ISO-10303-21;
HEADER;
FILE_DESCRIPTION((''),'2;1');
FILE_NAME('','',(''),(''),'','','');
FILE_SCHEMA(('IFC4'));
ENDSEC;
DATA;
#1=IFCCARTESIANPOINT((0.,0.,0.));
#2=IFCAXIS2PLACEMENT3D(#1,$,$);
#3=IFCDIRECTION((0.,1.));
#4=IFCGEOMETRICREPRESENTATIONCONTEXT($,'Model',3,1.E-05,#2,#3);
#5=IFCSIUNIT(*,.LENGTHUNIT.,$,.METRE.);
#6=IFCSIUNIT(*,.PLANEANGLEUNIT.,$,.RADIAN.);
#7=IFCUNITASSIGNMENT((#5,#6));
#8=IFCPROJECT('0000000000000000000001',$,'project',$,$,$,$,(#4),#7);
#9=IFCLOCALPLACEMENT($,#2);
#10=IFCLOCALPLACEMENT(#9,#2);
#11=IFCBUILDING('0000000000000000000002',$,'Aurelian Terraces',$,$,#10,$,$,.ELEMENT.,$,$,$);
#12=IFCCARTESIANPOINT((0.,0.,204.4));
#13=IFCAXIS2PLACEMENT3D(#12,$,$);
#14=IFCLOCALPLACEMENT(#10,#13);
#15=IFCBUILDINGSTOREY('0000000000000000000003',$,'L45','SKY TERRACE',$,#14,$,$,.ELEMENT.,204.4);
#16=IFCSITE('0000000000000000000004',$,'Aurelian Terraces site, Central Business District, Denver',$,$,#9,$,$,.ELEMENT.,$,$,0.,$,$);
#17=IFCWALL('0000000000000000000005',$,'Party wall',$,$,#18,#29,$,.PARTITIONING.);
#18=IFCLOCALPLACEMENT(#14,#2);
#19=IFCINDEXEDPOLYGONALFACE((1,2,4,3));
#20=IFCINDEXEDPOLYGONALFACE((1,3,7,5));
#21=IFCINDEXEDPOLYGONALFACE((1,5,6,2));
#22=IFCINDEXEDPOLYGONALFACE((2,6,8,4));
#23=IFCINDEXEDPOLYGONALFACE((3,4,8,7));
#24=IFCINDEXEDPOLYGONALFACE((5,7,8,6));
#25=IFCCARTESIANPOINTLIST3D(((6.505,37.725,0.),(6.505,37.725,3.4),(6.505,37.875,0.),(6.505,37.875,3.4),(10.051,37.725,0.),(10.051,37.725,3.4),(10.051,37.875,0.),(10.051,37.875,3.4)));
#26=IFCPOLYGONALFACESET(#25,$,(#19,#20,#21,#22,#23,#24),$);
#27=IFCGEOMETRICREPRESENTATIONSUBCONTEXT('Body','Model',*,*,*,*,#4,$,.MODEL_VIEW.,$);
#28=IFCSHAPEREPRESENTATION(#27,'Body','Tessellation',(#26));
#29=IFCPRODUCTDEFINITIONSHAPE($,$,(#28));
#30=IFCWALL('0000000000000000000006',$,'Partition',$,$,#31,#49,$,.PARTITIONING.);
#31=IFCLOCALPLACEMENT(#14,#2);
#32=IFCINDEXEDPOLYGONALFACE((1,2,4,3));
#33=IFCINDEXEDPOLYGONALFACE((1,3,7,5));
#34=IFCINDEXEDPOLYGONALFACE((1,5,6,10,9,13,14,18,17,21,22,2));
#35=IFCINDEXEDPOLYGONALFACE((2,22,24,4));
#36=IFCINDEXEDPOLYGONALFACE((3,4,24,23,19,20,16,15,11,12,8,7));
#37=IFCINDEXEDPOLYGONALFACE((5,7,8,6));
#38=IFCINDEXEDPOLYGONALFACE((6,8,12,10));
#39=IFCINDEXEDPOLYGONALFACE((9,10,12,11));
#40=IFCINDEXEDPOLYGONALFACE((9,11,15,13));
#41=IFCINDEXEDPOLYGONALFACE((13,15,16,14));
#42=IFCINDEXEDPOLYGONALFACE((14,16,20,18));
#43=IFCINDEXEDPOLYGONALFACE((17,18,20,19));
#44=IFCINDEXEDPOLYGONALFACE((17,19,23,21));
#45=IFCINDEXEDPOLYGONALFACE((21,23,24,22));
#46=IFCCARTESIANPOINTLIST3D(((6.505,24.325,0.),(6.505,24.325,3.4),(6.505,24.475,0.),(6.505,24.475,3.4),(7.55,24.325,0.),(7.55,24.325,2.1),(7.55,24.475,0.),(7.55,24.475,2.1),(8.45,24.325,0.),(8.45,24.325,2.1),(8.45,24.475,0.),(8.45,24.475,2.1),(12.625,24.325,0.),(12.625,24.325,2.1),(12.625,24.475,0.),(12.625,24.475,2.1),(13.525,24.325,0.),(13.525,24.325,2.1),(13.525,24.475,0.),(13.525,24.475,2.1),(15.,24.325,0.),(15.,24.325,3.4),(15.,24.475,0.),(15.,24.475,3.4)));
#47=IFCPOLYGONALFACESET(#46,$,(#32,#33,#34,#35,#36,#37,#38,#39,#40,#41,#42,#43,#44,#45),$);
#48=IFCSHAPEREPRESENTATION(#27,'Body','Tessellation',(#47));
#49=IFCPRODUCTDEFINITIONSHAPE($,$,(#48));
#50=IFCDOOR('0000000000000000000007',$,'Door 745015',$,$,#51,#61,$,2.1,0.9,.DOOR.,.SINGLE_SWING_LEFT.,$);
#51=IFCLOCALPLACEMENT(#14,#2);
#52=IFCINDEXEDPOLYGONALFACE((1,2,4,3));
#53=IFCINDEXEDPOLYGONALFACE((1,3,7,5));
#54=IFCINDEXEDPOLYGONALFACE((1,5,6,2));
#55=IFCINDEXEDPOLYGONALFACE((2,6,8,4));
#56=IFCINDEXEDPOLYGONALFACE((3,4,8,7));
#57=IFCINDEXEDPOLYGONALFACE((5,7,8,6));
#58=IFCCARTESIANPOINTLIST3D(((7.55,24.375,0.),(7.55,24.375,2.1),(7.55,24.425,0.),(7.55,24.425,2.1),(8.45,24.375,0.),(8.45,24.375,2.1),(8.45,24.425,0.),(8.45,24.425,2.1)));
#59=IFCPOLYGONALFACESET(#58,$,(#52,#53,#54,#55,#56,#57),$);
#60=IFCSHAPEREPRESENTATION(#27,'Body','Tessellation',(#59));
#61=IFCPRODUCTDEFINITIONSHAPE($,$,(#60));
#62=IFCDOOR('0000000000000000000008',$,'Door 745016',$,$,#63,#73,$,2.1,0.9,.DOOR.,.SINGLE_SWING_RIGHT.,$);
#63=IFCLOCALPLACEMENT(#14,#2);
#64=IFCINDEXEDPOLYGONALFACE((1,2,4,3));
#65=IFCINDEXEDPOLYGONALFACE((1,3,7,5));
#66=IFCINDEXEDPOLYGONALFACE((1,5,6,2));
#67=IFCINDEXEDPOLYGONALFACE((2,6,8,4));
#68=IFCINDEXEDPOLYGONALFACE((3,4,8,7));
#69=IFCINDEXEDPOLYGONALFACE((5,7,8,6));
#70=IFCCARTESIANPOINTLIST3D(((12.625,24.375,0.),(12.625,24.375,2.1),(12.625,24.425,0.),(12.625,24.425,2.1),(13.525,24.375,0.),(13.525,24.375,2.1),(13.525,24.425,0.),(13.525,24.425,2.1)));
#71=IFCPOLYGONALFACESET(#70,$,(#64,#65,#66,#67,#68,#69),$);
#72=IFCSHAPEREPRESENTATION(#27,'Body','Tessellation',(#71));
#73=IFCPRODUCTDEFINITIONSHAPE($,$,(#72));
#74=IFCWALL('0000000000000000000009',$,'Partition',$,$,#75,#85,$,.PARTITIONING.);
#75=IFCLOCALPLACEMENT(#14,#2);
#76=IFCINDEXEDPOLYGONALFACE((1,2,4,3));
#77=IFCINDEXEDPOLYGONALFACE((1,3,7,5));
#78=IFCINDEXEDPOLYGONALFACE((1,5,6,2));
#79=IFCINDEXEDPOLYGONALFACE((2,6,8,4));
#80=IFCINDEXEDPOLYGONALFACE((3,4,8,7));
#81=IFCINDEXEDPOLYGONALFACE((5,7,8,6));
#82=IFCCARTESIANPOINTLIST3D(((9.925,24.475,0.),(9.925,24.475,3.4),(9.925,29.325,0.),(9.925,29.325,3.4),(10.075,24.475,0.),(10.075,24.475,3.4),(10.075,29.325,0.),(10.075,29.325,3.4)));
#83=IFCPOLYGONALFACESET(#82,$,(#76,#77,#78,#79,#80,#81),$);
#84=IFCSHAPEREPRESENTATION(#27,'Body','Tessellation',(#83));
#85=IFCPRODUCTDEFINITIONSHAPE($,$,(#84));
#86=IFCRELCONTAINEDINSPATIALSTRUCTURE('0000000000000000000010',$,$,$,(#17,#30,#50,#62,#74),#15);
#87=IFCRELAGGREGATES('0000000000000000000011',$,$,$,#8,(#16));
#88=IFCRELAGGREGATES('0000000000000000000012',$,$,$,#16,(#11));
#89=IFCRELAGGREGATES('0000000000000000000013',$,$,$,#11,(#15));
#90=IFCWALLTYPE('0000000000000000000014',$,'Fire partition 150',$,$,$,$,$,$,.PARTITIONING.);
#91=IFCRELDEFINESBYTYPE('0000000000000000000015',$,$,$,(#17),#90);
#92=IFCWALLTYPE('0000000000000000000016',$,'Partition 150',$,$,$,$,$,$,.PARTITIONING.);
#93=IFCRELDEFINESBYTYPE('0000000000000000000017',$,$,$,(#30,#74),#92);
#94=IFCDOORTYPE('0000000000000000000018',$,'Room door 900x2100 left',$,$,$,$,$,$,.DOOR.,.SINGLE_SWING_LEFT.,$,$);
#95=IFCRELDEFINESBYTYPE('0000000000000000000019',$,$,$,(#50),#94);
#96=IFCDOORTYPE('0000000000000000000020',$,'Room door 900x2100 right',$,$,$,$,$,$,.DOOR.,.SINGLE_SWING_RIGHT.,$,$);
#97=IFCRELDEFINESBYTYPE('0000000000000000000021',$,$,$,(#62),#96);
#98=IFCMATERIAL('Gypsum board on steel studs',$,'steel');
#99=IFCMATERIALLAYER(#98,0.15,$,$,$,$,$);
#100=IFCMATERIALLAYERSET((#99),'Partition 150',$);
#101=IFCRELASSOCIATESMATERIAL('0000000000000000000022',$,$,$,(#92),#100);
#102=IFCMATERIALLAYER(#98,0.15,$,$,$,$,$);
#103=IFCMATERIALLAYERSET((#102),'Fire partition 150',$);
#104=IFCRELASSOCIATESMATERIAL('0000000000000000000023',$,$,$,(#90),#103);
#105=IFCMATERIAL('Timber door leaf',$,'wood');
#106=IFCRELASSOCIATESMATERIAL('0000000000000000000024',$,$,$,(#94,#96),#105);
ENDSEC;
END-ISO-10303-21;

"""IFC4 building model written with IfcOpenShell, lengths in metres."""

from ifc_helpers import new_model, si_unit, direction, frame, frame_2d, origin, place, context, subcontext, project, spatial, rectangle, extrude, source, transform, mapped, material, layer, layer_set, type_object, element, fill, save


model = new_model("IFC4")

# Units and contexts
model_context = context("Model", 3, precision=1e-05, world=origin(), true_north=direction((0.0, 1.0)))
body_context = subcontext(model_context, "Body", "Model", "MODEL_VIEW")
ifc_project = project(units=[si_unit("LENGTHUNIT", "METRE"), si_unit("PLANEANGLEUNIT", "RADIAN")], contexts=[model_context])

# Site, building, storey
site_placement = place(None, origin())
site = spatial("IfcSite", under=ifc_project, at=site_placement, Name="Aurelian Terraces site, Central Business District, Denver", CompositionType="ELEMENT", RefElevation=0.0)
building_placement = place(site_placement, origin())
building = spatial("IfcBuilding", under=site, at=building_placement, Name="Aurelian Terraces", CompositionType="ELEMENT")
storey_placement = place(building_placement, frame((0.0, 0.0, 204.4)))
storey = spatial("IfcBuildingStorey", under=building, at=storey_placement, Name="L45", Description="SKY TERRACE", CompositionType="ELEMENT", Elevation=204.4)

# Shared definitions
ifc_material_1 = material(Name="Gypsum board on steel studs", Category="steel")
shared_shape_1 = source(origin(), body_context, "Body", "SweptSolid", [
    extrude(rectangle(XDim=0.9, YDim=2.1, at=frame_2d((0.45, 1.05))), frame((0.0, 0.025, 0.0), z_axis=(0.0, -1.0, 0.0), x_axis=(1.0, 0.0, 0.0)), (0.0, 0.0, 1.0), 0.05),
])

# Wall
ifc_layer_1 = layer(ifc_material_1, 0.15)
ifc_layer_set_1 = layer_set([ifc_layer_1], Name="Partition 150")
wall_type_1 = type_object("IfcWallType", Name="Partition 150", PredefinedType="PARTITIONING", material=ifc_layer_set_1)
shared_shape_2 = source(origin(), body_context, "Body", "SweptSolid", [
    extrude(rectangle(XDim=3.546, YDim=0.15, at=frame_2d((1.773, 0.0))), origin(), (0.0, 0.0, 1.0), 3.4),
])
ifc_layer_2 = layer(ifc_material_1, 0.15)
ifc_layer_set_2 = layer_set([ifc_layer_2], Name="Fire partition 150")
wall_type_2 = type_object("IfcWallType", Name="Fire partition 150", PredefinedType="PARTITIONING", material=ifc_layer_set_2)
wall_1_placement = place(storey_placement, frame((10.051, 37.8, 0.0), z_axis=(0.0, 0.0, 1.0), x_axis=(-1.0, 0.0, 0.0)))
element("IfcWall", 1, at=wall_1_placement, inside=storey, type_object=wall_type_2, Name="Party wall", PredefinedType="PARTITIONING", context=body_context, shape_type="MappedRepresentation", body=[
    mapped(shared_shape_2, transform((0.0, 0.0, 0.0), scale=1.0)),
])

# Wall, openings, doors
shared_shape_3 = source(origin(), body_context, "Body", "SweptSolid", [
    extrude(rectangle(XDim=8.495, YDim=0.15, at=frame_2d((4.2475, 0.0))), origin(), (0.0, 0.0, 1.0), 3.4),
])
wall_2_placement = place(storey_placement, frame((6.505, 24.4, 0.0), z_axis=(0.0, 0.0, 1.0), x_axis=(1.0, 0.0, 0.0)))
wall_2 = element("IfcWall", 2, at=wall_2_placement, inside=storey, type_object=wall_type_1, Name="Partition", PredefinedType="PARTITIONING", context=body_context, shape_type="MappedRepresentation", body=[
    mapped(shared_shape_3, transform((0.0, 0.0, 0.0), scale=1.0)),
])
shared_shape_4 = source(origin(), body_context, "Body", "SweptSolid", [
    extrude(rectangle(XDim=0.9, YDim=2.1, at=frame_2d((0.45, 1.05))), frame((0.0, 0.085, 0.0), z_axis=(0.0, -1.0, 0.0), x_axis=(1.0, 0.0, 0.0)), (0.0, 0.0, 1.0), 0.17),
])
opening_1_placement = place(wall_2_placement, frame((1.045, 0.0, 0.0)))
opening_1 = element("IfcOpeningElement", 3, at=opening_1_placement, cuts=wall_2, PredefinedType="OPENING", context=body_context, shape_type="MappedRepresentation", body=[
    mapped(shared_shape_4, transform((0.0, 0.0, 0.0), scale=1.0)),
])
opening_2_placement = place(wall_2_placement, frame((6.12, 0.0, 0.0)))
opening_2 = element("IfcOpeningElement", 4, at=opening_2_placement, cuts=wall_2, PredefinedType="OPENING", context=body_context, shape_type="MappedRepresentation", body=[
    mapped(shared_shape_4, transform((0.0, 0.0, 0.0), scale=1.0)),
])
ifc_material_2 = material(Name="Timber door leaf", Category="wood")
door_type_1 = type_object("IfcDoorType", Name="Room door 900x2100 left", OperationType="SINGLE_SWING_LEFT", PredefinedType="DOOR", material=ifc_material_2)
door_1_placement = place(opening_1_placement, origin())
door_1 = element("IfcDoor", 5, at=door_1_placement, inside=storey, type_object=door_type_1, Name="Door 745015", OperationType="SINGLE_SWING_LEFT", OverallHeight=2.1, OverallWidth=0.9, PredefinedType="DOOR", context=body_context, shape_type="MappedRepresentation", body=[
    mapped(shared_shape_1, transform((0.0, 0.0, 0.0), scale=1.0)),
])
fill(opening_1, door_1)
door_type_2 = type_object("IfcDoorType", Name="Room door 900x2100 right", OperationType="SINGLE_SWING_RIGHT", PredefinedType="DOOR", material=ifc_material_2)
door_2_placement = place(opening_2_placement, origin())
door_2 = element("IfcDoor", 6, at=door_2_placement, inside=storey, type_object=door_type_2, Name="Door 745016", OperationType="SINGLE_SWING_RIGHT", OverallHeight=2.1, OverallWidth=0.9, PredefinedType="DOOR", context=body_context, shape_type="MappedRepresentation", body=[
    mapped(shared_shape_1, transform((0.0, 0.0, 0.0), scale=1.0)),
])
fill(opening_2, door_2)

# Wall
shared_shape_5 = source(origin(), body_context, "Body", "SweptSolid", [
    extrude(rectangle(XDim=4.85, YDim=0.15, at=frame_2d((2.425, 0.0))), origin(), (0.0, 0.0, 1.0), 3.4),
])
wall_3_placement = place(storey_placement, frame((10.0, 24.475, 0.0), z_axis=(0.0, 0.0, 1.0), x_axis=(0.0, 1.0, 0.0)))
element("IfcWall", 7, at=wall_3_placement, inside=storey, type_object=wall_type_1, Name="Partition", PredefinedType="PARTITIONING", context=body_context, shape_type="MappedRepresentation", body=[
    mapped(shared_shape_5, transform((0.0, 0.0, 0.0), scale=1.0)),
])

save(model, "model.ifc")
